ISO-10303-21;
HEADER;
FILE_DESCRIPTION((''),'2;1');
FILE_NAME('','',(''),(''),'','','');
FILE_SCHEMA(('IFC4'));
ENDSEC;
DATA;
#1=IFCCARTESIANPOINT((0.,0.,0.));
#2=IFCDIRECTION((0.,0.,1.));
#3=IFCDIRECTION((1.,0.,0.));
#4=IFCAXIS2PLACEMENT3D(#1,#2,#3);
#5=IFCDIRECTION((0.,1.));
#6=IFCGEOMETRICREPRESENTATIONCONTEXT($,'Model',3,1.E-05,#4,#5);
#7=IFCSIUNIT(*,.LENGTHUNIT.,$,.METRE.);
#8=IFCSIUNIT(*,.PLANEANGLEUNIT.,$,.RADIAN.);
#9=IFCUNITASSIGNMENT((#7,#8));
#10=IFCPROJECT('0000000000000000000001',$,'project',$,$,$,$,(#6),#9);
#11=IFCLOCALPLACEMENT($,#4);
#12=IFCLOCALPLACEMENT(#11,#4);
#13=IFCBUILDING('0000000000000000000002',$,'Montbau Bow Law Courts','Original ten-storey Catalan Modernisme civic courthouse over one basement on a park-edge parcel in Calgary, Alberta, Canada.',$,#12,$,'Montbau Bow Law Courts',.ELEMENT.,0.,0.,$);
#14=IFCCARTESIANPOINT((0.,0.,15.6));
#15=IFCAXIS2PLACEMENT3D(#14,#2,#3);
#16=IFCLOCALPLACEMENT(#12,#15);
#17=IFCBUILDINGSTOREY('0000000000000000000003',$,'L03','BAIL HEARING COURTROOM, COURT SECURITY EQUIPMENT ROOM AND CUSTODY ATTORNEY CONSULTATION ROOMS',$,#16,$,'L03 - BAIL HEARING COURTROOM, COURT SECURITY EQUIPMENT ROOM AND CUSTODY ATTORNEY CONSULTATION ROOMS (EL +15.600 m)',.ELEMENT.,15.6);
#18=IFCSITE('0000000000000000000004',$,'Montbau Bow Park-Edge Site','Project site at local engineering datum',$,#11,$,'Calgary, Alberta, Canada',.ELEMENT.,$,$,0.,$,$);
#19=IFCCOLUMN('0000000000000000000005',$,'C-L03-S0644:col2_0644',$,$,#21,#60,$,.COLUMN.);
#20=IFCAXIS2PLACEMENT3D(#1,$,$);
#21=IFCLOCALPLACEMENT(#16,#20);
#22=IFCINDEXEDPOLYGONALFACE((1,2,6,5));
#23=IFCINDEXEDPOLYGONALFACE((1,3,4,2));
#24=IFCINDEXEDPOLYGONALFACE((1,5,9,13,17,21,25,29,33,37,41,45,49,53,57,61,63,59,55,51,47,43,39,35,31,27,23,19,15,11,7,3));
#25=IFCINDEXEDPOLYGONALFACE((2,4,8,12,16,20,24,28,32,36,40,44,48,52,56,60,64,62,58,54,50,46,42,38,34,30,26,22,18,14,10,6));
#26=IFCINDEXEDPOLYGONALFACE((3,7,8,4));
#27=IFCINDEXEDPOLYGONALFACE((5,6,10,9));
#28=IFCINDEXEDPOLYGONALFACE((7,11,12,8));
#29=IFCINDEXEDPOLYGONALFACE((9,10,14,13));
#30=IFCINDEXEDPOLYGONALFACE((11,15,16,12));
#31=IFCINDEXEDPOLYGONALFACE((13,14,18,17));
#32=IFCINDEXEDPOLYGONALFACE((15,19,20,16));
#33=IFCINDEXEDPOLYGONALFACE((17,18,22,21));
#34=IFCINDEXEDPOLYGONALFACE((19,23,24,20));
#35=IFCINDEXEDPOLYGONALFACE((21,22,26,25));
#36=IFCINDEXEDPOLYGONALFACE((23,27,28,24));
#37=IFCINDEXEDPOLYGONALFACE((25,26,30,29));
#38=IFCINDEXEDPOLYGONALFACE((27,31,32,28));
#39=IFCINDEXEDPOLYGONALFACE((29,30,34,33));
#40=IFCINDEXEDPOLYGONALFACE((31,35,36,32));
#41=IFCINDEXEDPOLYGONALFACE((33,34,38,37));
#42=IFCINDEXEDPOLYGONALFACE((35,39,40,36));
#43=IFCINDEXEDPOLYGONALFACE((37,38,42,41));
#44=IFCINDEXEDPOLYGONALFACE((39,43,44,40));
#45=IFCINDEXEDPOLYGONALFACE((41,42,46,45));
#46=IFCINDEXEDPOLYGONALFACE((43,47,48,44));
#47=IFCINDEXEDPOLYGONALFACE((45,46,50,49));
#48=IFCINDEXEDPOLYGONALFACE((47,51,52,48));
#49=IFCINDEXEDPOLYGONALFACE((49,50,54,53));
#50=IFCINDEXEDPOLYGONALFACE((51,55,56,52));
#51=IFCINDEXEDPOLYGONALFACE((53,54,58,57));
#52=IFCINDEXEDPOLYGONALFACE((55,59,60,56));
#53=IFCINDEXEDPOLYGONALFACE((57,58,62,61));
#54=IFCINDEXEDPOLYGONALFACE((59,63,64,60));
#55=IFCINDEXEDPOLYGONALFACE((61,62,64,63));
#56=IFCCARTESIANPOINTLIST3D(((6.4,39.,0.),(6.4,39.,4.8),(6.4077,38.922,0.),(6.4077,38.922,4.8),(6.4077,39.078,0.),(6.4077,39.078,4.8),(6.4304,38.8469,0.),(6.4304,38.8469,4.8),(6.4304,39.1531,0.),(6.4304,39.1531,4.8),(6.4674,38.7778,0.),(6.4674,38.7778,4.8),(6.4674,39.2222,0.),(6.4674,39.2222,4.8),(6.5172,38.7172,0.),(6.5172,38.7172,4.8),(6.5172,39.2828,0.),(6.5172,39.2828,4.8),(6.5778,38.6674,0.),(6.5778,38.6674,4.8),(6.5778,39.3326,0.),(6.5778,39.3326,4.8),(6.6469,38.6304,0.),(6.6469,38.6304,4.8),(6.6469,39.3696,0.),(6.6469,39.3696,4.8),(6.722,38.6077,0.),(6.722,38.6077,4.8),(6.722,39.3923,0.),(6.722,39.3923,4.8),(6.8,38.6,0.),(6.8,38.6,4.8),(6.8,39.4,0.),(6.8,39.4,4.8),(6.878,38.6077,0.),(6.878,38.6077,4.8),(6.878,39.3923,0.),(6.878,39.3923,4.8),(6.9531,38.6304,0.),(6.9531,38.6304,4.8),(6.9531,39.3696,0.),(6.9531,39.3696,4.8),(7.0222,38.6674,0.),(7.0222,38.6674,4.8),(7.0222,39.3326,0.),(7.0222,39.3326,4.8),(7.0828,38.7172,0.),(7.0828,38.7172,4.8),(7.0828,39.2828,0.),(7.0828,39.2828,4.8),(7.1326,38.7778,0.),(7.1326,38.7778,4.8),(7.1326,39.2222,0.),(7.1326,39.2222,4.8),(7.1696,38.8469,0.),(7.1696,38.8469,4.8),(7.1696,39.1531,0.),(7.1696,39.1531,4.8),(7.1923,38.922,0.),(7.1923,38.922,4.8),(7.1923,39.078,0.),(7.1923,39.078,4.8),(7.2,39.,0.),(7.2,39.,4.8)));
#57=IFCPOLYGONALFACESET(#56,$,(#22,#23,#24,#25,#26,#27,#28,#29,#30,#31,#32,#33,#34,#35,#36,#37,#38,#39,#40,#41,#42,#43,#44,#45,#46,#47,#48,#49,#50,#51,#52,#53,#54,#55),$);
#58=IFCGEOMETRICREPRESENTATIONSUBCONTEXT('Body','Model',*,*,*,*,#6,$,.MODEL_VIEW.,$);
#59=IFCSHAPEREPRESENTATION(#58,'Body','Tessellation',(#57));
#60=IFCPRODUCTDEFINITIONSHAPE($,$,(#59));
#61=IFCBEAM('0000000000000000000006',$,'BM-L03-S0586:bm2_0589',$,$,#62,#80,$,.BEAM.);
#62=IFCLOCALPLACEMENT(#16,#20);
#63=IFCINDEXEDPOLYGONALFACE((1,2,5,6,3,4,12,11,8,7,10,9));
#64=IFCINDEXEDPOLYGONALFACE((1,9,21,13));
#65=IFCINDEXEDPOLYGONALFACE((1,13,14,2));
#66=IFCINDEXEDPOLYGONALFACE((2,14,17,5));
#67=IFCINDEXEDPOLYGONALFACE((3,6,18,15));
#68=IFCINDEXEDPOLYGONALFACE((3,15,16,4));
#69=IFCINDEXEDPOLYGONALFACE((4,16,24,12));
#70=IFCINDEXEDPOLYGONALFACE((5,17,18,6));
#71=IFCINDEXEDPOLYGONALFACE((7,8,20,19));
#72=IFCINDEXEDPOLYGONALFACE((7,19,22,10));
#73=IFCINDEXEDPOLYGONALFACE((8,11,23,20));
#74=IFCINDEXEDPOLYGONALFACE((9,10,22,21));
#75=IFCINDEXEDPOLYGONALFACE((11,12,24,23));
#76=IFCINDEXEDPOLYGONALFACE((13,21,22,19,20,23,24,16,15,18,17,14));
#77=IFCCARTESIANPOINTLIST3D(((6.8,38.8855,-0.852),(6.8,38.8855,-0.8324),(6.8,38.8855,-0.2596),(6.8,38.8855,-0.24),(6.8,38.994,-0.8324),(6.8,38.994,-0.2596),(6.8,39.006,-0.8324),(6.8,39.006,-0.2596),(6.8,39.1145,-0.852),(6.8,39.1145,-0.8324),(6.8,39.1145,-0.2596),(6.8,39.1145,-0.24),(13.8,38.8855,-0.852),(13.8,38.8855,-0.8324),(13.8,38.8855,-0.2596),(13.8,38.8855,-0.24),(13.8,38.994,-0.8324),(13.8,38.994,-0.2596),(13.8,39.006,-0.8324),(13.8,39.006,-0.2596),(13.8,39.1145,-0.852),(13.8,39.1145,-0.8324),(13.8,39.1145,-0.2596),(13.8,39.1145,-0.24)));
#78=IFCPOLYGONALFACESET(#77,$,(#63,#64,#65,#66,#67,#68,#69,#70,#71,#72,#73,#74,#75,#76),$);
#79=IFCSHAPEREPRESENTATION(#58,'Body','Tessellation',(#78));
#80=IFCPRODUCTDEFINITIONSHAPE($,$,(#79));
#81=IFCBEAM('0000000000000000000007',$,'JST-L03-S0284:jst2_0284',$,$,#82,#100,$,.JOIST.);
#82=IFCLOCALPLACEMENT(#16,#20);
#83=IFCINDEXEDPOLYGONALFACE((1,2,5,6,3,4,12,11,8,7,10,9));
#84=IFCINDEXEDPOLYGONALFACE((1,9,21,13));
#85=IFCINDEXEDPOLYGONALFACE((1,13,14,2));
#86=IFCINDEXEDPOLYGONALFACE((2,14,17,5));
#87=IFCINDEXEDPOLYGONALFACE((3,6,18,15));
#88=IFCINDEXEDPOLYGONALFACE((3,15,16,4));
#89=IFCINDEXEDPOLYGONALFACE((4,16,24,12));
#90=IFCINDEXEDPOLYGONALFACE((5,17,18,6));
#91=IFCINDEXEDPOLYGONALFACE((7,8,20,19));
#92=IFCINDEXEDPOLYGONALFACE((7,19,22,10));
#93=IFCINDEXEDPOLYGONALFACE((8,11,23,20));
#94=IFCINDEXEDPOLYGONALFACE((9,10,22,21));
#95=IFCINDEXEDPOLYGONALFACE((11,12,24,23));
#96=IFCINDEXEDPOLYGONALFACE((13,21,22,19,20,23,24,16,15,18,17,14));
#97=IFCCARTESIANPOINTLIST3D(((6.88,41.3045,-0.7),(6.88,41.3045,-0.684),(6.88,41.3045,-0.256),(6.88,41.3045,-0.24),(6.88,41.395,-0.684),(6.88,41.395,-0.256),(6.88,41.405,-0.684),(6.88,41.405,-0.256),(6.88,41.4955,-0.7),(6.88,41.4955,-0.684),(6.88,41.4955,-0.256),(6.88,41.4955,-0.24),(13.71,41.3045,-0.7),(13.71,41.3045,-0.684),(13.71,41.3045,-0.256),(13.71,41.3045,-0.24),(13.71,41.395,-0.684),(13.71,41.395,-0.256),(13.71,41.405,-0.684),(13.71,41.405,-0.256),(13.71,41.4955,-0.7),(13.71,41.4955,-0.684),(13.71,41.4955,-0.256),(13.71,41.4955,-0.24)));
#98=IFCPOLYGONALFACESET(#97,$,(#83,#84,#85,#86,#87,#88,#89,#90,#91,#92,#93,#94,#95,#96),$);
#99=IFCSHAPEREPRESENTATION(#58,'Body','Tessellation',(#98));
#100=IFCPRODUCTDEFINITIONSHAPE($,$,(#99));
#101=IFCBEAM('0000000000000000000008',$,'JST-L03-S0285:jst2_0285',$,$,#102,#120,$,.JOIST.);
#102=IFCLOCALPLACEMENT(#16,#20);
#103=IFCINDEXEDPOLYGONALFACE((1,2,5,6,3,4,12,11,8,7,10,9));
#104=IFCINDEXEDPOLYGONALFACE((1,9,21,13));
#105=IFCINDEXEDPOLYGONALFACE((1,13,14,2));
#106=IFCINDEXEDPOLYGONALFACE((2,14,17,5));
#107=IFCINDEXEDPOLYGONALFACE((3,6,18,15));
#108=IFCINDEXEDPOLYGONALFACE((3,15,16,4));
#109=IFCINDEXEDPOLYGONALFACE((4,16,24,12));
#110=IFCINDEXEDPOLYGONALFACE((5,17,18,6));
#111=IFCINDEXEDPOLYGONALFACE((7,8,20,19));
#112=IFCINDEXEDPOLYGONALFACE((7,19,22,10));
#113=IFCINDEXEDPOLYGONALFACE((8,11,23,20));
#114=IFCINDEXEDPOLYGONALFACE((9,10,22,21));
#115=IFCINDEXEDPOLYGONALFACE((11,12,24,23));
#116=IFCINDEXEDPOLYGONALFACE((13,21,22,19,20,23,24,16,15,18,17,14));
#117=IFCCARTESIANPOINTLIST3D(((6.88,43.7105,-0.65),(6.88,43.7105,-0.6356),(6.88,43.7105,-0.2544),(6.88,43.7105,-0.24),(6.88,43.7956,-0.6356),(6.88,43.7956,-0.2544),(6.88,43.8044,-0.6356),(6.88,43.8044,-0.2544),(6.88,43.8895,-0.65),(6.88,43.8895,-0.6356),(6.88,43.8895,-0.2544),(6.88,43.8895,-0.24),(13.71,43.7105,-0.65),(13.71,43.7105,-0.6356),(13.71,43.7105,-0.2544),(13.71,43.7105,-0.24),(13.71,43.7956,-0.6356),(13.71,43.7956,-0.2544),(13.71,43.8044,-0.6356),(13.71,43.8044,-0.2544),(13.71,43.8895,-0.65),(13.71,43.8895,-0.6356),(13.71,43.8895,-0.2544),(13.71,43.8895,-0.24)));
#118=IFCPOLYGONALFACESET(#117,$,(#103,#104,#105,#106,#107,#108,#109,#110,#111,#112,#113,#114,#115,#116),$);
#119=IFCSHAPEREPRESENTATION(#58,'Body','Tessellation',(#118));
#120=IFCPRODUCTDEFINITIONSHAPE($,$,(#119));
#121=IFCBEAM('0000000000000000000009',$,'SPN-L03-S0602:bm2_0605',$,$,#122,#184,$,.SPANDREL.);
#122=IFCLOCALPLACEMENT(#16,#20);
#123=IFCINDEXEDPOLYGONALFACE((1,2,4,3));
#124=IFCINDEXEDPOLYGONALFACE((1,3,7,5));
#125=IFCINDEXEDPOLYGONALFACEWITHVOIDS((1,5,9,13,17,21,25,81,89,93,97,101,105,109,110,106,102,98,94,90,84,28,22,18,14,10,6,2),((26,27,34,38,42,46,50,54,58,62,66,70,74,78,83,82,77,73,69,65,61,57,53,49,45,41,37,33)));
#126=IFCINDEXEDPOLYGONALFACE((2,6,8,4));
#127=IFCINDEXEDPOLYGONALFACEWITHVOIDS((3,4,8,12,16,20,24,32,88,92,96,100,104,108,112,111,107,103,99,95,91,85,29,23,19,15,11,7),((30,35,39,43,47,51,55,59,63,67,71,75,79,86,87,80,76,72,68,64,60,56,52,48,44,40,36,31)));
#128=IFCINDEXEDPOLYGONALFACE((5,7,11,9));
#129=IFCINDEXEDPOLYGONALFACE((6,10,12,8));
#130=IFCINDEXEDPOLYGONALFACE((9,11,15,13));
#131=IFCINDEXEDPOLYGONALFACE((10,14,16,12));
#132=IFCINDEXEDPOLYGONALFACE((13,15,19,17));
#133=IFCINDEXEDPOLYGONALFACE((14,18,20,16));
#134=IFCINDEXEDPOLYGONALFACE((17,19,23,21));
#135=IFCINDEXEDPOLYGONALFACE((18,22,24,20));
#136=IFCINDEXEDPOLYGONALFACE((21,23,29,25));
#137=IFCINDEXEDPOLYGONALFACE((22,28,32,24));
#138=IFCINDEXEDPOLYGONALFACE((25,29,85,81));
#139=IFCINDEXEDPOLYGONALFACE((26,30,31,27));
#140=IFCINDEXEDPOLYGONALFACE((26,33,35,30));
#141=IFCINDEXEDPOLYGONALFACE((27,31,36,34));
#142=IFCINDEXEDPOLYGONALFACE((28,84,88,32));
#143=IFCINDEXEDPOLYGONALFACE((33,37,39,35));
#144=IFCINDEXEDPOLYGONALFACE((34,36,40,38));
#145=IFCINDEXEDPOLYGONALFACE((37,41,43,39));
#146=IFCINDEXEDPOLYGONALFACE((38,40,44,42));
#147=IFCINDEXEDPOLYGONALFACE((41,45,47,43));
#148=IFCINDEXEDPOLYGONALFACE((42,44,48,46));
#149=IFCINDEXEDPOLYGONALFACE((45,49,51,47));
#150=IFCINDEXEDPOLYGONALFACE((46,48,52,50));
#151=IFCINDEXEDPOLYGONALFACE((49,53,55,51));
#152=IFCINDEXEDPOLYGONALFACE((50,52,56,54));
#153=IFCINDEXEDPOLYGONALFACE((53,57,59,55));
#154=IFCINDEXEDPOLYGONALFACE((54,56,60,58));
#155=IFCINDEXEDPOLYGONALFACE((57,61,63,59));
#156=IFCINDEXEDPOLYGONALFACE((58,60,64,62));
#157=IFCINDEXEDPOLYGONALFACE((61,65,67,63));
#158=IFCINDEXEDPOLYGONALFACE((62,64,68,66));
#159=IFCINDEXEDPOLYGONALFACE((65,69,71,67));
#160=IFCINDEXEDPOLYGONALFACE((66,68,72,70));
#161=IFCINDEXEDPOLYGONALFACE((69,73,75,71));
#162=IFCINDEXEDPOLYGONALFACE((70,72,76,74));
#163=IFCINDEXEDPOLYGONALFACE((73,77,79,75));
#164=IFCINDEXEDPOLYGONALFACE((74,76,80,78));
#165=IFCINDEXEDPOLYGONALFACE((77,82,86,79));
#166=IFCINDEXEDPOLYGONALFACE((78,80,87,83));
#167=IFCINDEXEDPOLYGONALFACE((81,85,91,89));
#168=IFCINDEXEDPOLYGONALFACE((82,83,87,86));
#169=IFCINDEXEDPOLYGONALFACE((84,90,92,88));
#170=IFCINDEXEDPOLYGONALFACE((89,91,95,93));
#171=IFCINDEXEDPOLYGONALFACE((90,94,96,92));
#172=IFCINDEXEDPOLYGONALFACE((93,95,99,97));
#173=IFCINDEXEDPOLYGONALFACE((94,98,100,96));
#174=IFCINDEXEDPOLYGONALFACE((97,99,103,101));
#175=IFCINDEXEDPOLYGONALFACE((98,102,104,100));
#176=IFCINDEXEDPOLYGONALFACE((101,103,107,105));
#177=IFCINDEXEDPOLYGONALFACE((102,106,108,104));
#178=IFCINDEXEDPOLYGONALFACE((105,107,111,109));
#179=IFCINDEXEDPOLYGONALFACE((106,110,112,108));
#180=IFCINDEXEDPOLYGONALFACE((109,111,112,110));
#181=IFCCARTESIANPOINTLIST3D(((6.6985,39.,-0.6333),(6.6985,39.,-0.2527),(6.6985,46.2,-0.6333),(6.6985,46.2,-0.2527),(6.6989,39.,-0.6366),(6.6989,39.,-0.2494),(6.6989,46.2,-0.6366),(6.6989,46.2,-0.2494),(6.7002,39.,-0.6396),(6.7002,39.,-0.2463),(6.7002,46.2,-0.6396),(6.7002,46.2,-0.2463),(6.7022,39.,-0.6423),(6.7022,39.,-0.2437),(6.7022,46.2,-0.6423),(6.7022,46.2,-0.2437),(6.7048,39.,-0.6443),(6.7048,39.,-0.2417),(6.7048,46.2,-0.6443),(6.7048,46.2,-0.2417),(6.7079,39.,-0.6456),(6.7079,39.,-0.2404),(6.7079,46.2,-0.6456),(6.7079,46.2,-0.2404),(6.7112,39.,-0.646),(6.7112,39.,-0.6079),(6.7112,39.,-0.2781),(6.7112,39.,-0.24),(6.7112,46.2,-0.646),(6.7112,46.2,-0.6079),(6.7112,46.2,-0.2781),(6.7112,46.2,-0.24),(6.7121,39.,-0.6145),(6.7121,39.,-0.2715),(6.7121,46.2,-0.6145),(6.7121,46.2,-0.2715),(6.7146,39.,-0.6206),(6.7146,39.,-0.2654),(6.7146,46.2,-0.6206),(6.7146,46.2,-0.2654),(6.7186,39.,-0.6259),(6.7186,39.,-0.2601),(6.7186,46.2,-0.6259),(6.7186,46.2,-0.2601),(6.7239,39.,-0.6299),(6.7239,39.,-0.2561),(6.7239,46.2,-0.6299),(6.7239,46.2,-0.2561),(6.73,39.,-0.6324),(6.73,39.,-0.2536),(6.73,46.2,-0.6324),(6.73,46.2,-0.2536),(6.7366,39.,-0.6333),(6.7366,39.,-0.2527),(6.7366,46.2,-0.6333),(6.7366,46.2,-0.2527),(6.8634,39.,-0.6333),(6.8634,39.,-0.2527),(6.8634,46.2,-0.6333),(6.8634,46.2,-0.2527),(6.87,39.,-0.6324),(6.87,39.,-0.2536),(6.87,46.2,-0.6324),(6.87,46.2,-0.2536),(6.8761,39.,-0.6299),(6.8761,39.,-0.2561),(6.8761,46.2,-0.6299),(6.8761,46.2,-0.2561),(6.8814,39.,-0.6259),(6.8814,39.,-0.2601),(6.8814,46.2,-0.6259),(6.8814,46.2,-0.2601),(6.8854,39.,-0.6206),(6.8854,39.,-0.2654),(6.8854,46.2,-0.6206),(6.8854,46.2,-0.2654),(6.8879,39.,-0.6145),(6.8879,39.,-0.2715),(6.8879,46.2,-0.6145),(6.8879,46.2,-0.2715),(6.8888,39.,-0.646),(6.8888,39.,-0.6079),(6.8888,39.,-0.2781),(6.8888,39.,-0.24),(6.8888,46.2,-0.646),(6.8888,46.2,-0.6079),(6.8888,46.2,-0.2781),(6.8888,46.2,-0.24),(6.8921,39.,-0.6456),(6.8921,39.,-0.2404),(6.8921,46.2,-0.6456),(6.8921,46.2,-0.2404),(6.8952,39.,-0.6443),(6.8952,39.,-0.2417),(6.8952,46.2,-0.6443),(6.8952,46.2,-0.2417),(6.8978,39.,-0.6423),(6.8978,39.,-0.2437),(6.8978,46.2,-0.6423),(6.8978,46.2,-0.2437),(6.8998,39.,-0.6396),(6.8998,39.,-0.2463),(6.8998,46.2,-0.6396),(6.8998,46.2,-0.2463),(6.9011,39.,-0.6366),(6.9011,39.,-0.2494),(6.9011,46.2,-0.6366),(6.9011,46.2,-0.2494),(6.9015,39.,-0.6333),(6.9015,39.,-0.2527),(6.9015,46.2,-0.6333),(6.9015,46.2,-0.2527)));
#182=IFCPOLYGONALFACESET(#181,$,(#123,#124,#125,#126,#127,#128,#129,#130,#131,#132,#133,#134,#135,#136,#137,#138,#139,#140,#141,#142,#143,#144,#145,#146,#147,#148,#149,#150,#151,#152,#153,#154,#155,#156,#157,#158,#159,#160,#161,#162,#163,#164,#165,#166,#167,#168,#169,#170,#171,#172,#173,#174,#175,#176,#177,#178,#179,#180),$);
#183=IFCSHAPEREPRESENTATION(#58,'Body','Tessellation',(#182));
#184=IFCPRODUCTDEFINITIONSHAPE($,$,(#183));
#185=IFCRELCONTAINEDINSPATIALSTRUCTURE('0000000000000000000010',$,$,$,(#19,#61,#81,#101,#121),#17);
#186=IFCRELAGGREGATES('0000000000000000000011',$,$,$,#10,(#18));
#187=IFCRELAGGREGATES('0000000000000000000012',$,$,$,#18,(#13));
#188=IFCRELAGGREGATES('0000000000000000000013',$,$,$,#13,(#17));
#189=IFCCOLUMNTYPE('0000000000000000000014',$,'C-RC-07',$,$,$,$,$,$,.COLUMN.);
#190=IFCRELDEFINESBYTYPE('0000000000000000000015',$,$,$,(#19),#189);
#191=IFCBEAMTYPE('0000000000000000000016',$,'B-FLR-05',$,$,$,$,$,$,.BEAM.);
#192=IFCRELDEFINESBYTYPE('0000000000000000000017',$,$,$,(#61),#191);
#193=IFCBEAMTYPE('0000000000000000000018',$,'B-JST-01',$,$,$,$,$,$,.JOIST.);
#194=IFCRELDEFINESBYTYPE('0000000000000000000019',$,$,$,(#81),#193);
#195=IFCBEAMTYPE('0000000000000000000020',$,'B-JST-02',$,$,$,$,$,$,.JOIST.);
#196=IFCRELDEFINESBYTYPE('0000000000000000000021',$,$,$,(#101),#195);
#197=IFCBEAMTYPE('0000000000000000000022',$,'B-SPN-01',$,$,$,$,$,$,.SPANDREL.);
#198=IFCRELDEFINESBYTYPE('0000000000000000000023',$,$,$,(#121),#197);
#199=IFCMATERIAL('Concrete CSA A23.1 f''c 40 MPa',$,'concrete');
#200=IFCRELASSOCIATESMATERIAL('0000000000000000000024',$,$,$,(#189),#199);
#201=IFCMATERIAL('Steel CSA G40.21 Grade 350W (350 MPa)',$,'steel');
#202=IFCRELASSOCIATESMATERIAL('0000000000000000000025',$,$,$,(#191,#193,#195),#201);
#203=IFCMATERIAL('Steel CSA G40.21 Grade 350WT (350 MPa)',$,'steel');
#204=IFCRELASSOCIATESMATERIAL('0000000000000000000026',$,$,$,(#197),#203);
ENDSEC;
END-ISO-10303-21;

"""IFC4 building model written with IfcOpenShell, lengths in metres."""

from ifc_helpers import new_model, si_unit, direction, frame, origin_with_axes, origin_2d_with_axis, place, context, subcontext, project, spatial, hollow_rectangle, circle, i_section, extrude, material, material_profile, profile_set, type_object, element, save


model = new_model("IFC4")

# Units and contexts
model_context = context("Model", 3, precision=1e-05, world=origin_with_axes(), true_north=direction((0.0, 1.0)))
body_context = subcontext(model_context, "Body", "Model", "MODEL_VIEW")
ifc_project = project(units=[si_unit("LENGTHUNIT", "METRE"), si_unit("PLANEANGLEUNIT", "RADIAN")], contexts=[model_context])

# Site, building, storey
site_placement = place(None, origin_with_axes())
site = spatial("IfcSite", under=ifc_project, at=site_placement, Name="Montbau Bow Park-Edge Site", Description="Project site at local engineering datum", LongName="Calgary, Alberta, Canada", CompositionType="ELEMENT", RefElevation=0.0)
building_placement = place(site_placement, origin_with_axes())
building = spatial("IfcBuilding", under=site, at=building_placement, Name="Montbau Bow Law Courts", Description="Original ten-storey Catalan Modernisme civic courthouse over one basement on a park-edge parcel in Calgary, Alberta, Canada.", LongName="Montbau Bow Law Courts", CompositionType="ELEMENT", ElevationOfRefHeight=0.0, ElevationOfTerrain=0.0)
storey_placement = place(building_placement, frame((0.0, 0.0, 15.6), z_axis=(0.0, 0.0, 1.0), x_axis=(1.0, 0.0, 0.0)))
storey = spatial("IfcBuildingStorey", under=building, at=storey_placement, Name="L03", Description="BAIL HEARING COURTROOM, COURT SECURITY EQUIPMENT ROOM AND CUSTODY ATTORNEY CONSULTATION ROOMS", LongName="L03 - BAIL HEARING COURTROOM, COURT SECURITY EQUIPMENT ROOM AND CUSTODY ATTORNEY CONSULTATION ROOMS (EL +15.600 m)", CompositionType="ELEMENT", Elevation=15.6)

# Column
ifc_material_1 = material(Name="Concrete CSA A23.1 f'c 40 MPa", Category="concrete")
ifc_material_profile_1 = material_profile(ifc_material_1, circle(Radius=0.4, at=origin_2d_with_axis()), Name="RC800D", Category="Main", Priority=0)
ifc_profile_set_1 = profile_set([ifc_material_profile_1], Name="Concrete CSA A23.1 f'c 40 MPa")
column_type = type_object("IfcColumnType", Name="C-RC-07", PredefinedType="COLUMN", material=ifc_profile_set_1)
column_placement = place(None, frame((6.8, 39.0, 15.6), z_axis=(0.0, 0.0, 1.0), x_axis=(1.0, 0.0, 0.0)))
element("IfcColumn", 1, at=column_placement, inside=storey, type_object=column_type, Name="C-L03-S0644:col2_0644", PredefinedType="COLUMN", context=body_context, shape_type="SweptSolid", body=[
    extrude(circle(Radius=0.4, at=origin_2d_with_axis()), origin_with_axes(), (0.0, 0.0, 1.0), 4.8),
])

# Beams
ifc_material_2 = material(Name="Steel CSA G40.21 Grade 350W (350 MPa)", Category="steel")
ifc_material_profile_2 = material_profile(ifc_material_2, i_section(OverallWidth=0.229, OverallDepth=0.612, WebThickness=0.0119, FlangeThickness=0.0196, at=origin_2d_with_axis()), Name="W610X125", Category="Main", Priority=0)
ifc_profile_set_2 = profile_set([ifc_material_profile_2], Name="Steel CSA G40.21 Grade 350W (350 MPa)")
beam_type_1 = type_object("IfcBeamType", Name="B-FLR-05", PredefinedType="BEAM", material=ifc_profile_set_2)
beam_1_placement = place(None, frame((6.8, 39.0, 15.054), z_axis=(1.0, 0.0, 0.0), x_axis=(0.0, 1.0, 0.0)))
element("IfcBeam", 2, at=beam_1_placement, inside=storey, type_object=beam_type_1, Name="BM-L03-S0586:bm2_0589", PredefinedType="BEAM", context=body_context, shape_type="SweptSolid", body=[
    extrude(i_section(OverallWidth=0.229, OverallDepth=0.612, WebThickness=0.0119, FlangeThickness=0.0196, at=origin_2d_with_axis()), origin_with_axes(), (0.0, 0.0, 1.0), 7.0),
])
ifc_material_profile_3 = material_profile(ifc_material_2, i_section(OverallWidth=0.191, OverallDepth=0.46, WebThickness=0.0099, FlangeThickness=0.016, at=origin_2d_with_axis()), Name="W460X82", Category="Main", Priority=0)
ifc_profile_set_3 = profile_set([ifc_material_profile_3], Name="Steel CSA G40.21 Grade 350W (350 MPa)")
beam_type_2 = type_object("IfcBeamType", Name="B-JST-01", PredefinedType="JOIST", material=ifc_profile_set_3)
beam_2_placement = place(None, frame((6.88, 41.4, 15.13), z_axis=(1.0, 0.0, 0.0), x_axis=(0.0, 1.0, 0.0)))
element("IfcBeam", 3, at=beam_2_placement, inside=storey, type_object=beam_type_2, Name="JST-L03-S0284:jst2_0284", PredefinedType="JOIST", context=body_context, shape_type="SweptSolid", body=[
    extrude(i_section(OverallWidth=0.191, OverallDepth=0.46, WebThickness=0.0099, FlangeThickness=0.016, at=origin_2d_with_axis()), origin_with_axes(), (0.0, 0.0, 1.0), 6.83),
])
ifc_material_profile_4 = material_profile(ifc_material_2, i_section(OverallWidth=0.179, OverallDepth=0.41, WebThickness=0.0088, FlangeThickness=0.0144, at=origin_2d_with_axis()), Name="W410X67", Category="Main", Priority=0)
ifc_profile_set_4 = profile_set([ifc_material_profile_4], Name="Steel CSA G40.21 Grade 350W (350 MPa)")
beam_type_3 = type_object("IfcBeamType", Name="B-JST-02", PredefinedType="JOIST", material=ifc_profile_set_4)
beam_3_placement = place(None, frame((6.88, 43.8, 15.155), z_axis=(1.0, 0.0, 0.0), x_axis=(0.0, 1.0, 0.0)))
element("IfcBeam", 4, at=beam_3_placement, inside=storey, type_object=beam_type_3, Name="JST-L03-S0285:jst2_0285", PredefinedType="JOIST", context=body_context, shape_type="SweptSolid", body=[
    extrude(i_section(OverallWidth=0.179, OverallDepth=0.41, WebThickness=0.0088, FlangeThickness=0.0144, at=origin_2d_with_axis()), origin_with_axes(), (0.0, 0.0, 1.0), 6.83),
])
ifc_material_3 = material(Name="Steel CSA G40.21 Grade 350WT (350 MPa)", Category="steel")
ifc_material_profile_5 = material_profile(ifc_material_3, hollow_rectangle(XDim=0.203, YDim=0.406, WallThickness=0.0127, InnerFilletRadius=0.0254, OuterFilletRadius=0.0127, at=origin_2d_with_axis()), Name="HSS406X203X13", Category="Main", Priority=0)
ifc_profile_set_5 = profile_set([ifc_material_profile_5], Name="Steel CSA G40.21 Grade 350WT (350 MPa)")
beam_type_4 = type_object("IfcBeamType", Name="B-SPN-01", PredefinedType="SPANDREL", material=ifc_profile_set_5)
beam_4_placement = place(None, frame((6.8, 39.0, 15.157), z_axis=(0.0, 1.0, 0.0), x_axis=(-1.0, 0.0, 0.0)))
element("IfcBeam", 5, at=beam_4_placement, inside=storey, type_object=beam_type_4, Name="SPN-L03-S0602:bm2_0605", PredefinedType="SPANDREL", context=body_context, shape_type="SweptSolid", body=[
    extrude(hollow_rectangle(XDim=0.203, YDim=0.406, WallThickness=0.0127, InnerFilletRadius=0.0254, OuterFilletRadius=0.0127, at=origin_2d_with_axis()), origin_with_axes(), (0.0, 0.0, 1.0), 7.2),
])

save(model, "model.ifc")
